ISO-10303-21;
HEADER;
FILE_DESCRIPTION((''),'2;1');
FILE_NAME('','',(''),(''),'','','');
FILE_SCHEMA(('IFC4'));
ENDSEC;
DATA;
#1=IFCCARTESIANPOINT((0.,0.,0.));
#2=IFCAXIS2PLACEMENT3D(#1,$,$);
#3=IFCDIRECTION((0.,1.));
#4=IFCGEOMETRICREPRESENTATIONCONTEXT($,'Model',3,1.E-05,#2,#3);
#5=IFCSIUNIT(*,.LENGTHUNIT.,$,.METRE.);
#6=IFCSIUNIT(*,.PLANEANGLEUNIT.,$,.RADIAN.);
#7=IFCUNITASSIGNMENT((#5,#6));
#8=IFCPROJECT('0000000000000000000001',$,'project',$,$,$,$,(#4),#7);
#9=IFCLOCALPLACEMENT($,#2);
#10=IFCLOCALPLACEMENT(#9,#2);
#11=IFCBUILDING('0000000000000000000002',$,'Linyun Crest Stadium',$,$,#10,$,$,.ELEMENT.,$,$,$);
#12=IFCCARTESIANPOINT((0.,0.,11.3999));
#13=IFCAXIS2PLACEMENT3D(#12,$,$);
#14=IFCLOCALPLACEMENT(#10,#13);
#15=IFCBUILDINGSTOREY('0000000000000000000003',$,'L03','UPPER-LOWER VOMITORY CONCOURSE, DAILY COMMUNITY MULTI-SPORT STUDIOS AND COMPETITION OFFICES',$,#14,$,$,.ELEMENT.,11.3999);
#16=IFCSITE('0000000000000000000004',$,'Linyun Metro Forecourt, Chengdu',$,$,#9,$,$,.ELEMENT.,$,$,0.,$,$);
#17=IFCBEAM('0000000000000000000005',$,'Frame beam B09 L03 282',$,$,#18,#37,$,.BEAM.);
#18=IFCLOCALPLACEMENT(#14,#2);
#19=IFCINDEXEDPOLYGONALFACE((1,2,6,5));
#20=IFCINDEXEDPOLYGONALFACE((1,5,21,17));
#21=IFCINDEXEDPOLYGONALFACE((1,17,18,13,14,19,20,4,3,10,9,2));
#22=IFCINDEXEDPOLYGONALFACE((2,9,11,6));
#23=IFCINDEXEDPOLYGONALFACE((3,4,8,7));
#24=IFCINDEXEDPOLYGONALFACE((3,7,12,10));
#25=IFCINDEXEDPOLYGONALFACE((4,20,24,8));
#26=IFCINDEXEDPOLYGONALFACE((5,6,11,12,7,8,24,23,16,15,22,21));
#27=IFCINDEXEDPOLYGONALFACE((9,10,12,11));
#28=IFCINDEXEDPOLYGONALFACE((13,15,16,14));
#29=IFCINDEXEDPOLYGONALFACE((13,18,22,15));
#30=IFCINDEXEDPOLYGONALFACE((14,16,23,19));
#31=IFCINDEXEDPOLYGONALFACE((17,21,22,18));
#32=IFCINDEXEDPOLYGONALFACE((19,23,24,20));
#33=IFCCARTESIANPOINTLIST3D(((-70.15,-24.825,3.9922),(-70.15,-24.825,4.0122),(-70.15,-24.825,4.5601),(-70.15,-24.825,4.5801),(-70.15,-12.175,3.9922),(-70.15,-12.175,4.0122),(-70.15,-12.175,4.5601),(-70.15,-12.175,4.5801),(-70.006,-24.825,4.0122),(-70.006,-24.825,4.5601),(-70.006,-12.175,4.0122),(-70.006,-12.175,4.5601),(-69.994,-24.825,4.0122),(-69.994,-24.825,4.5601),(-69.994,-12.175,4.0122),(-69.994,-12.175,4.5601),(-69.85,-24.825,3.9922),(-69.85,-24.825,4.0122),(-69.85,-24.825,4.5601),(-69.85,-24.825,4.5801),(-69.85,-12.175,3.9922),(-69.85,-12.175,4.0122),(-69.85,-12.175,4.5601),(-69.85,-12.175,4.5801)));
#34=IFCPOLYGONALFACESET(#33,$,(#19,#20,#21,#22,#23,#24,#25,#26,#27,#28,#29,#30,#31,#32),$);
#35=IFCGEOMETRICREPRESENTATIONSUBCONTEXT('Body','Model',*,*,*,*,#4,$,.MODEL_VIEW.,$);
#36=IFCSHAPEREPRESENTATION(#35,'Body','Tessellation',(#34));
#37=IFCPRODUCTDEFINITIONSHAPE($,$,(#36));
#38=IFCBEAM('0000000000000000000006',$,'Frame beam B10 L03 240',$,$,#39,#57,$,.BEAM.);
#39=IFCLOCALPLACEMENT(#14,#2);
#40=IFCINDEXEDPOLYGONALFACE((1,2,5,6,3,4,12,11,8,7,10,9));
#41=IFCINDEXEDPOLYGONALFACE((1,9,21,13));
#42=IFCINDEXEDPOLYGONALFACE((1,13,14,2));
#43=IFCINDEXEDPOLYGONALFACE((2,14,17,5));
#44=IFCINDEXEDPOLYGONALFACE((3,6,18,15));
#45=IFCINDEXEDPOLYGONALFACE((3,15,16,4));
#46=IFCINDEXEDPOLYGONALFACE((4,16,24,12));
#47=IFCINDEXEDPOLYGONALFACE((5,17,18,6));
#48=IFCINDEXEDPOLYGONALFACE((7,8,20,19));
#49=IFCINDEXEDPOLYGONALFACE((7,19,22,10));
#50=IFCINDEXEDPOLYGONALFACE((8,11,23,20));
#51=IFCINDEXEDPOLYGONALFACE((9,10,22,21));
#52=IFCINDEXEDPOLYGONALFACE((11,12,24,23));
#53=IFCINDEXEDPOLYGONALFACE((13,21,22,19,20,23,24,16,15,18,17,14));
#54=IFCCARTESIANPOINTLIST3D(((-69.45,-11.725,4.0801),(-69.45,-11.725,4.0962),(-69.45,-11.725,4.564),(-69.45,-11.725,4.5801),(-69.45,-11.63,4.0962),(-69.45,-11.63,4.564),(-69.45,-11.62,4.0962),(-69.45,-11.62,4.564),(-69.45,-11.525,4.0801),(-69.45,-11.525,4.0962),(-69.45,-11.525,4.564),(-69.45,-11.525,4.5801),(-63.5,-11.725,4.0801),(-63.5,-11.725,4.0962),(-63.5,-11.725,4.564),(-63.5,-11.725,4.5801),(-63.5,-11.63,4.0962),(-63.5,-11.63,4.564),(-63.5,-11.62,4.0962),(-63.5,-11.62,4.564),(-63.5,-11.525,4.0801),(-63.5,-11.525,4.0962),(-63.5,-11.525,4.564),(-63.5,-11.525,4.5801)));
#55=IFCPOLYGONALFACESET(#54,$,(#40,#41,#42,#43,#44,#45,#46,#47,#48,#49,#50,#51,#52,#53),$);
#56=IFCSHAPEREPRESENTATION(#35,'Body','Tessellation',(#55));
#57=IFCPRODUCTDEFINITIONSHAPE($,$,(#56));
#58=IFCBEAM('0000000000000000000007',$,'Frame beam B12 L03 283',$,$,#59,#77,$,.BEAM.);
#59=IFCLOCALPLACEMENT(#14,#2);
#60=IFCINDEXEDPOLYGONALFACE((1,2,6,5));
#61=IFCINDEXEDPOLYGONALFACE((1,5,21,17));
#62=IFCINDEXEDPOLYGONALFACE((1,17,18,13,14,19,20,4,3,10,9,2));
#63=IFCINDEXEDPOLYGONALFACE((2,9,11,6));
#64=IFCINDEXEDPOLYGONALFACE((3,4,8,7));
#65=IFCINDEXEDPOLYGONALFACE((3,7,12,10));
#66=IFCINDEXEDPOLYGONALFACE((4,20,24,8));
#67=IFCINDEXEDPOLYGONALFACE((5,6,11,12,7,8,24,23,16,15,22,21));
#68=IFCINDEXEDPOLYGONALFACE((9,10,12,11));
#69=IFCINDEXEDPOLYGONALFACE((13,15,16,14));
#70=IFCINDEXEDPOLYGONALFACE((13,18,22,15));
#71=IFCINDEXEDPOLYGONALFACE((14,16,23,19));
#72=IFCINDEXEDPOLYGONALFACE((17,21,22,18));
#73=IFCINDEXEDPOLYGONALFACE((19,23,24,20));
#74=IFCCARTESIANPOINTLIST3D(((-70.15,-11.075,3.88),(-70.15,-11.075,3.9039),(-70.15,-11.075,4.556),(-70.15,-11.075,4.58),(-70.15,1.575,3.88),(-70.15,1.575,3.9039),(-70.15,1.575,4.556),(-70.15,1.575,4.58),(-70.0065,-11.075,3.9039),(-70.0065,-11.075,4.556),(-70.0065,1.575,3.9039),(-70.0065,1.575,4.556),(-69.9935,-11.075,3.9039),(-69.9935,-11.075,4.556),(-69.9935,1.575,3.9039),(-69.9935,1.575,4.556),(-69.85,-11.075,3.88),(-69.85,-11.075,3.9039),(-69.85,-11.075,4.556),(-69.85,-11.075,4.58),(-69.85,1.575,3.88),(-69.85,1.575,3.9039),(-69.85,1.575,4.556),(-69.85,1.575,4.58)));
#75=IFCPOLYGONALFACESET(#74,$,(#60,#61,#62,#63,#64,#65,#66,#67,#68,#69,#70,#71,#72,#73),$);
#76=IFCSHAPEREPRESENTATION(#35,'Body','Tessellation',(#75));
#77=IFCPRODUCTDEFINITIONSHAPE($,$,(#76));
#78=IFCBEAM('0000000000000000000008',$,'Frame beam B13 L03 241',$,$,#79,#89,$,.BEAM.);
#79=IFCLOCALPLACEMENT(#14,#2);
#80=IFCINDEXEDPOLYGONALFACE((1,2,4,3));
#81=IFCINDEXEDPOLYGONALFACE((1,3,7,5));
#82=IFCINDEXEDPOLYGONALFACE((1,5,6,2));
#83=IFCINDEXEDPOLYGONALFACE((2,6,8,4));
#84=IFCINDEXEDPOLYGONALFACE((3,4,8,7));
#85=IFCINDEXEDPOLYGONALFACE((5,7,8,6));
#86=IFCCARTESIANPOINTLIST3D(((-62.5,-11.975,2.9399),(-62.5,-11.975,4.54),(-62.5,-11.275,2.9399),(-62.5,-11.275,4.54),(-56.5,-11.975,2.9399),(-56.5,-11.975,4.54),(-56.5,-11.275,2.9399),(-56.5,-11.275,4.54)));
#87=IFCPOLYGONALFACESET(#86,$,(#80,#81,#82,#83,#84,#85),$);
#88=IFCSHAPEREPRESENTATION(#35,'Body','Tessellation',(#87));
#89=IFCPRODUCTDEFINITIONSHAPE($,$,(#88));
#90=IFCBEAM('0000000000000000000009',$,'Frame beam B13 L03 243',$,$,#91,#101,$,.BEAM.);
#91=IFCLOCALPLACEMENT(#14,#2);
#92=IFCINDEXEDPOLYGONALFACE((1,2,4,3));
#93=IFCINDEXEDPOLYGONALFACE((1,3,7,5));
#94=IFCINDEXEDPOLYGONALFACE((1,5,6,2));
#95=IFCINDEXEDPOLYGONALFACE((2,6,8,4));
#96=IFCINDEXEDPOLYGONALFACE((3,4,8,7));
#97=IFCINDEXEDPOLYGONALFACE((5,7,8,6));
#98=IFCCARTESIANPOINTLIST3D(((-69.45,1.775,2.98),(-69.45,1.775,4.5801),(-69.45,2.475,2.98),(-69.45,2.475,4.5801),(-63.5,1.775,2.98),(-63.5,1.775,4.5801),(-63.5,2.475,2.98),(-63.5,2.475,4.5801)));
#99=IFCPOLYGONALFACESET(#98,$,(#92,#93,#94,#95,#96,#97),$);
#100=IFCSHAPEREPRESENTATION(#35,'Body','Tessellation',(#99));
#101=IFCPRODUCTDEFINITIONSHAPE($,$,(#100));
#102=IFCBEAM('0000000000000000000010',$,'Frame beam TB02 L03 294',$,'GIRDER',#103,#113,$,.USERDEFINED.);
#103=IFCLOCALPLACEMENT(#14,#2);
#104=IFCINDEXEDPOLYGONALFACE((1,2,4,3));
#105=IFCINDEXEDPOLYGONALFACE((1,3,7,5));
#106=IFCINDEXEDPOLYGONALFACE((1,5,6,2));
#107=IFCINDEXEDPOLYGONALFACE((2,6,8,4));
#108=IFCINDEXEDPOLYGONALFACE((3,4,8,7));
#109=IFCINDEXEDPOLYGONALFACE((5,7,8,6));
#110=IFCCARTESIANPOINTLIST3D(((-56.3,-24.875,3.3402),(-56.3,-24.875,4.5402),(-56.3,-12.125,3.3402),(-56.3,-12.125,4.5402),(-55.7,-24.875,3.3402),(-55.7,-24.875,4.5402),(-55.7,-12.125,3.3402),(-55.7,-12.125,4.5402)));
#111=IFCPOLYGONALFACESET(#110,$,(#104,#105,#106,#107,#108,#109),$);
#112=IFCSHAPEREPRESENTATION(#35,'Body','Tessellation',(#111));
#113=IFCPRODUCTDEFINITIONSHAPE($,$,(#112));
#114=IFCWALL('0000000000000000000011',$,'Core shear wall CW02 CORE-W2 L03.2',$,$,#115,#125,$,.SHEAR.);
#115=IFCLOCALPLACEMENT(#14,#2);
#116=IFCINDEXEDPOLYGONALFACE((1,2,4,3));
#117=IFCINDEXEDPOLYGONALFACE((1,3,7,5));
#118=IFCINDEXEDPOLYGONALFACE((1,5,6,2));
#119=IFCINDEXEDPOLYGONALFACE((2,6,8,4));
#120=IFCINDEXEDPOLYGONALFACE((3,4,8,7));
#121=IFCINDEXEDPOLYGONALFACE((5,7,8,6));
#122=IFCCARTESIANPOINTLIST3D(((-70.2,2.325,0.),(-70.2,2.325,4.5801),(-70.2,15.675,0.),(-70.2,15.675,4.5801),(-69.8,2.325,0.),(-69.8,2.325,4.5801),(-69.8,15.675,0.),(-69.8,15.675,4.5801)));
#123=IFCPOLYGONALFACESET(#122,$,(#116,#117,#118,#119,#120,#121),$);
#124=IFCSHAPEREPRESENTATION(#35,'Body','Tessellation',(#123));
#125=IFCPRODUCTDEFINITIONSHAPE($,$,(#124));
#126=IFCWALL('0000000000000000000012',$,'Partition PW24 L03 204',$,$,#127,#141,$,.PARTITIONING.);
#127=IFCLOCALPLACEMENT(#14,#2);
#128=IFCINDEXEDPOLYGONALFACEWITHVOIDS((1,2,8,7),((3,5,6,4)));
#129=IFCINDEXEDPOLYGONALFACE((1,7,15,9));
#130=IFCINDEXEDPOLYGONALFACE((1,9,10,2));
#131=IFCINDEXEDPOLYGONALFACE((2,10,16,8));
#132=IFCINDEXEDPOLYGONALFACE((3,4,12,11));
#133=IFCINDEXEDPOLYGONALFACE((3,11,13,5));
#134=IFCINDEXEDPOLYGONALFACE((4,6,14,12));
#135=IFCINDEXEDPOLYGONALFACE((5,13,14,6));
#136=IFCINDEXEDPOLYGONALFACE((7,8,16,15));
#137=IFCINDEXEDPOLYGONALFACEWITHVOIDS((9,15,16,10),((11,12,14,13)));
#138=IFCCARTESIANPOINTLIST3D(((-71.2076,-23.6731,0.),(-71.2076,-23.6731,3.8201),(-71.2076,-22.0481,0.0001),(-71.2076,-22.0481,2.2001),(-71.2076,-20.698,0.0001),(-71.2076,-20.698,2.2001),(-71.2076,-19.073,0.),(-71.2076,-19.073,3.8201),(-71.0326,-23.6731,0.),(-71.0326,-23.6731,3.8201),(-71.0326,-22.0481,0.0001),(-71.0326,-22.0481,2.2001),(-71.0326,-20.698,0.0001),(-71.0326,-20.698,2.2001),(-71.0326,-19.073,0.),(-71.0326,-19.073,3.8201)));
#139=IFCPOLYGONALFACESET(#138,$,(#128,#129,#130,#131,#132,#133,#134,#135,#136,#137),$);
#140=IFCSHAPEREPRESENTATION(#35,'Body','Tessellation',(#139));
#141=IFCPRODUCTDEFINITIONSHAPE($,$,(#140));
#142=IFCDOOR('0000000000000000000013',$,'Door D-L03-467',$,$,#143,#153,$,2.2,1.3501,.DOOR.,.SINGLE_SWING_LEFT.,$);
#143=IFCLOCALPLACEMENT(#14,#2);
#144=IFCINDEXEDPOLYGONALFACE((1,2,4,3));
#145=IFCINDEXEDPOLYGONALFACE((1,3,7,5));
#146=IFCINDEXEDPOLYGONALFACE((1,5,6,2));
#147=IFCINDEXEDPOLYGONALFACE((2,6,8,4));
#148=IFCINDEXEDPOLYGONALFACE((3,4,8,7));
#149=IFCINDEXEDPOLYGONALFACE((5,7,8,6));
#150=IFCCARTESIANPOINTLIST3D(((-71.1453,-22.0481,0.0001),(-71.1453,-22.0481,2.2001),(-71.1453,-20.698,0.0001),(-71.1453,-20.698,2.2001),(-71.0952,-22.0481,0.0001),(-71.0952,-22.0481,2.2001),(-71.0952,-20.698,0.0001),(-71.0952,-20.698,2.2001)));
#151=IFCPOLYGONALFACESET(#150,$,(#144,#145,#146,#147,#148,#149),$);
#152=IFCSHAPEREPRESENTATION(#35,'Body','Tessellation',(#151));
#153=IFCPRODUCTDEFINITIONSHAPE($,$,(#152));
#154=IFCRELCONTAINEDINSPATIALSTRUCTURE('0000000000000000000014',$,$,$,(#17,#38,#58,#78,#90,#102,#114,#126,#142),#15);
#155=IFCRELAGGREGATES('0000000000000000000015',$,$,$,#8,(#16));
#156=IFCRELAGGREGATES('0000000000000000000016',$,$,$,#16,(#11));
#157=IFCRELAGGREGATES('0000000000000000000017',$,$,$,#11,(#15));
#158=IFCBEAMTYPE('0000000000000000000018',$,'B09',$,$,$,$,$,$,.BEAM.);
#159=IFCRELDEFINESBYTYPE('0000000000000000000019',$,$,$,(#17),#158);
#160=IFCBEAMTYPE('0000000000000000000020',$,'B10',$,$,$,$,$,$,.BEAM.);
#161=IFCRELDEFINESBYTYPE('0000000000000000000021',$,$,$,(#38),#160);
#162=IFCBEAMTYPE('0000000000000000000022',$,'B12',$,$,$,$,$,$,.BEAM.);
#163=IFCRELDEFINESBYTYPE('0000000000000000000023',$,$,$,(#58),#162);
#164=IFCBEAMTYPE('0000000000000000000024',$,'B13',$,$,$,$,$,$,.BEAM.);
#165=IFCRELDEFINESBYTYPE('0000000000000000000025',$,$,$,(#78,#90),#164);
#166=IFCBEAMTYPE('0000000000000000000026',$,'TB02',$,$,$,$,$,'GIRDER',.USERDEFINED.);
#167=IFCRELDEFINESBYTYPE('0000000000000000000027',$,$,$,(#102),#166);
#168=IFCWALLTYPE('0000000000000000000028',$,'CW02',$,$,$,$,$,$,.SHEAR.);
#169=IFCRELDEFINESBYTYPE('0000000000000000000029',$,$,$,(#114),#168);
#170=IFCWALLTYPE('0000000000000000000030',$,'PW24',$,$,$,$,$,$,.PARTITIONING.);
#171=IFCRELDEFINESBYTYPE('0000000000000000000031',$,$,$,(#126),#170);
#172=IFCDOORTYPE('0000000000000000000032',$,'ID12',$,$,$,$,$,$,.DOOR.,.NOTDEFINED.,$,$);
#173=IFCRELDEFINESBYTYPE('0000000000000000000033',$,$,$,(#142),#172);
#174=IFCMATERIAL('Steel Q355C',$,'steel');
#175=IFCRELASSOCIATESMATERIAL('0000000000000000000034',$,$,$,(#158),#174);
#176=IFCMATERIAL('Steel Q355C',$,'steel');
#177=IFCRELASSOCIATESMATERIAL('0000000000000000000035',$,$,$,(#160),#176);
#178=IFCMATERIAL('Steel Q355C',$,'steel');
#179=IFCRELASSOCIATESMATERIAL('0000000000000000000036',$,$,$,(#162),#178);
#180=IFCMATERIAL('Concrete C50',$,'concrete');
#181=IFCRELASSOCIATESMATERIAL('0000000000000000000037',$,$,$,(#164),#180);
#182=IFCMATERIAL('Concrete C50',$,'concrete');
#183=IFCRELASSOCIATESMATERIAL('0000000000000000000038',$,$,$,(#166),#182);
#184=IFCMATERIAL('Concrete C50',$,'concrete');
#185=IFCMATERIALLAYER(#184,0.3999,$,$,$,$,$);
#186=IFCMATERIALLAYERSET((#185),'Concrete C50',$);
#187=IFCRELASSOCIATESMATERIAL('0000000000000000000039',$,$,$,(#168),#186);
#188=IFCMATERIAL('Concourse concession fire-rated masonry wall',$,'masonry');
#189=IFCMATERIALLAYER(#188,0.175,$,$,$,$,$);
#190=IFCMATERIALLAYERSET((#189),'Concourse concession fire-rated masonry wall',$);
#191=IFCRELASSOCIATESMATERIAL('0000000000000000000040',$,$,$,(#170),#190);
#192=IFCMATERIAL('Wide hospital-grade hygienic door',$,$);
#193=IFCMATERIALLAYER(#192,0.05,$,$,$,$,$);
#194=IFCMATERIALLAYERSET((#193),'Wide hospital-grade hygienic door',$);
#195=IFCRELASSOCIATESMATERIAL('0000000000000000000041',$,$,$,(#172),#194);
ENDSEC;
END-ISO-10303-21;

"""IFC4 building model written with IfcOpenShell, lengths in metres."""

from ifc_helpers import new_model, si_unit, direction, frame, frame_2d, origin, origin_2d, place, context, subcontext, project, spatial, rectangle, i_section, extrude, material, layer, layer_set, material_profile, profile_set, type_object, element, fill, save


model = new_model("IFC4")

# Units and contexts
model_context = context("Model", 3, precision=1e-05, world=origin(), true_north=direction((0.0, 1.0)))
body_context = subcontext(model_context, "Body", "Model", "MODEL_VIEW")
ifc_project = project(units=[si_unit("LENGTHUNIT", "METRE"), si_unit("PLANEANGLEUNIT", "RADIAN")], contexts=[model_context])

# Site, building, storey
site_placement = place(None, origin())
site = spatial("IfcSite", under=ifc_project, at=site_placement, Name="Linyun Metro Forecourt, Chengdu", CompositionType="ELEMENT", RefElevation=0.0)
building_placement = place(site_placement, origin())
building = spatial("IfcBuilding", under=site, at=building_placement, Name="Linyun Crest Stadium", CompositionType="ELEMENT")
storey_placement = place(building_placement, frame((0.0, 0.0, 11.3999)))
storey = spatial("IfcBuildingStorey", under=building, at=storey_placement, Name="L03", Description="UPPER-LOWER VOMITORY CONCOURSE, DAILY COMMUNITY MULTI-SPORT STUDIOS AND COMPETITION OFFICES", CompositionType="ELEMENT", Elevation=11.3999)

# Beams
ifc_material_1 = material(Name="Steel Q355C", Category="steel")
ifc_material_profile_1 = material_profile(ifc_material_1, i_section(OverallWidth=0.3, OverallDepth=0.5879, WebThickness=0.012, FlangeThickness=0.02, at=origin_2d()), Name="HM 588x300")
ifc_profile_set_1 = profile_set([ifc_material_profile_1], Name="Steel Q355C")
beam_type_1 = type_object("IfcBeamType", Name="B09", PredefinedType="BEAM", material=ifc_profile_set_1)
beam_1_placement = place(storey_placement, frame((-70.0, -24.825, 4.2861), z_axis=(0.0, 1.0, 0.0), x_axis=(-1.0, 0.0, 0.0)))
element("IfcBeam", 1, at=beam_1_placement, inside=storey, type_object=beam_type_1, Name="Frame beam B09 L03 282", PredefinedType="BEAM", context=body_context, shape_type="SweptSolid", body=[
    extrude(i_section(OverallWidth=0.3, OverallDepth=0.5879, WebThickness=0.012, FlangeThickness=0.02, at=origin_2d()), origin(), (0.0, 0.0, 1.0), 12.6499),
])
ifc_material_2 = material(Name="Steel Q355C", Category="steel")
ifc_material_profile_2 = material_profile(ifc_material_2, i_section(OverallWidth=0.2, OverallDepth=0.5, WebThickness=0.01, FlangeThickness=0.0161, at=origin_2d()), Name="HN 500x200")
ifc_profile_set_2 = profile_set([ifc_material_profile_2], Name="Steel Q355C")
beam_type_2 = type_object("IfcBeamType", Name="B10", PredefinedType="BEAM", material=ifc_profile_set_2)
beam_2_placement = place(storey_placement, frame((-69.45, -11.625, 4.3301), z_axis=(1.0, 0.0, 0.0), x_axis=(0.0, 1.0, 0.0)))
element("IfcBeam", 2, at=beam_2_placement, inside=storey, type_object=beam_type_2, Name="Frame beam B10 L03 240", PredefinedType="BEAM", context=body_context, shape_type="SweptSolid", body=[
    extrude(i_section(OverallWidth=0.2, OverallDepth=0.5, WebThickness=0.01, FlangeThickness=0.0161, at=origin_2d()), origin(), (0.0, 0.0, 1.0), 5.95),
])
ifc_material_3 = material(Name="Steel Q355C", Category="steel")
ifc_material_profile_3 = material_profile(ifc_material_3, i_section(OverallWidth=0.3, OverallDepth=0.7, WebThickness=0.0129, FlangeThickness=0.0239, at=origin_2d()), Name="HN 700x300")
ifc_profile_set_3 = profile_set([ifc_material_profile_3], Name="Steel Q355C")
beam_type_3 = type_object("IfcBeamType", Name="B12", PredefinedType="BEAM", material=ifc_profile_set_3)
beam_3_placement = place(storey_placement, frame((-70.0, -11.075, 4.23), z_axis=(0.0, 1.0, 0.0), x_axis=(-1.0, 0.0, 0.0)))
element("IfcBeam", 3, at=beam_3_placement, inside=storey, type_object=beam_type_3, Name="Frame beam B12 L03 283", PredefinedType="BEAM", context=body_context, shape_type="SweptSolid", body=[
    extrude(i_section(OverallWidth=0.3, OverallDepth=0.7, WebThickness=0.0129, FlangeThickness=0.0239, at=origin_2d()), origin(), (0.0, 0.0, 1.0), 12.6499),
])
ifc_material_4 = material(Name="Concrete C50", Category="concrete")
ifc_material_profile_4 = material_profile(ifc_material_4, rectangle(XDim=0.7, YDim=1.6001, at=origin_2d()), Name="RCB 1600x700")
ifc_profile_set_4 = profile_set([ifc_material_profile_4], Name="Concrete C50")
beam_type_4 = type_object("IfcBeamType", Name="B13", PredefinedType="BEAM", material=ifc_profile_set_4)
beam_4_placement = place(storey_placement, frame((-62.5, -11.625, 3.74), z_axis=(1.0, 0.0, 0.0), x_axis=(0.0, 1.0, 0.0)))
element("IfcBeam", 4, at=beam_4_placement, inside=storey, type_object=beam_type_4, Name="Frame beam B13 L03 241", PredefinedType="BEAM", context=body_context, shape_type="SweptSolid", body=[
    extrude(rectangle(XDim=0.7, YDim=1.6001, at=origin_2d()), origin(), (0.0, 0.0, 1.0), 6.0),
])
beam_5_placement = place(storey_placement, frame((-69.45, 2.125, 3.78), z_axis=(1.0, 0.0, 0.0), x_axis=(0.0, 1.0, 0.0)))
element("IfcBeam", 5, at=beam_5_placement, inside=storey, type_object=beam_type_4, Name="Frame beam B13 L03 243", PredefinedType="BEAM", context=body_context, shape_type="SweptSolid", body=[
    extrude(rectangle(XDim=0.7, YDim=1.6001, at=origin_2d()), origin(), (0.0, 0.0, 1.0), 5.95),
])
ifc_material_5 = material(Name="Concrete C50", Category="concrete")
ifc_material_profile_5 = material_profile(ifc_material_5, rectangle(XDim=0.6001, YDim=1.2, at=origin_2d()), Name="RCB 1200x600")
ifc_profile_set_5 = profile_set([ifc_material_profile_5], Name="Concrete C50")
beam_type_5 = type_object("IfcBeamType", Name="TB02", ElementType="GIRDER", PredefinedType="USERDEFINED", material=ifc_profile_set_5)
beam_6_placement = place(storey_placement, frame((-56.0, -24.875, 3.9402), z_axis=(0.0, 1.0, 0.0), x_axis=(-1.0, 0.0, 0.0)))
element("IfcBeam", 6, at=beam_6_placement, inside=storey, type_object=beam_type_5, Name="Frame beam TB02 L03 294", ObjectType="GIRDER", PredefinedType="USERDEFINED", context=body_context, shape_type="SweptSolid", body=[
    extrude(rectangle(XDim=0.6001, YDim=1.2, at=origin_2d()), origin(), (0.0, 0.0, 1.0), 12.75),
])

# Wall
ifc_material_6 = material(Name="Concrete C50", Category="concrete")
ifc_layer_1 = layer(ifc_material_6, 0.3999)
ifc_layer_set_1 = layer_set([ifc_layer_1], Name="Concrete C50")
wall_type_1 = type_object("IfcWallType", Name="CW02", PredefinedType="SHEAR", material=ifc_layer_set_1)
wall_1_placement = place(storey_placement, frame((-70.0, 2.325, 0.0), z_axis=(0.0, 0.0, 1.0), x_axis=(0.0, 1.0, 0.0)))
element("IfcWall", 7, at=wall_1_placement, inside=storey, type_object=wall_type_1, Name="Core shear wall CW02 CORE-W2 L03.2", PredefinedType="SHEAR", context=body_context, shape_type="SweptSolid", body=[
    extrude(rectangle(XDim=13.3501, YDim=0.3999, at=frame_2d((6.675, 0.0))), origin(), (0.0, 0.0, 1.0), 4.5801),
])

# Wall, opening, door
ifc_material_7 = material(Name="Concourse concession fire-rated masonry wall", Category="masonry")
ifc_layer_2 = layer(ifc_material_7, 0.175)
ifc_layer_set_2 = layer_set([ifc_layer_2], Name="Concourse concession fire-rated masonry wall")
wall_type_2 = type_object("IfcWallType", Name="PW24", PredefinedType="PARTITIONING", material=ifc_layer_set_2)
wall_2_placement = place(storey_placement, frame((-71.1201, -19.073, 0.0), z_axis=(0.0, 0.0, 1.0), x_axis=(0.0, -1.0, 0.0)))
wall_2 = element("IfcWall", 8, at=wall_2_placement, inside=storey, type_object=wall_type_2, Name="Partition PW24 L03 204", PredefinedType="PARTITIONING", context=body_context, shape_type="SweptSolid", body=[
    extrude(rectangle(XDim=4.6001, YDim=0.175, at=frame_2d((2.3, 0.0))), origin(), (0.0, 0.0, 1.0), 3.8201),
])
opening_placement = place(wall_2_placement, frame((1.625, 0.0, 0.0)))
opening = element("IfcOpeningElement", 9, at=opening_placement, cuts=wall_2, PredefinedType="OPENING", context=body_context, shape_type="SweptSolid", body=[
    extrude(rectangle(XDim=1.3501, YDim=2.2, at=frame_2d((0.675, 1.1001))), frame((0.0, 0.0974, 0.0), z_axis=(0.0, -1.0, 0.0), x_axis=(1.0, 0.0, 0.0)), (0.0, 0.0, 1.0), 0.1951),
])
ifc_material_8 = material(Name="Wide hospital-grade hygienic door")
ifc_layer_3 = layer(ifc_material_8, 0.05)
ifc_layer_set_3 = layer_set([ifc_layer_3], Name="Wide hospital-grade hygienic door")
door_type = type_object("IfcDoorType", Name="ID12", OperationType="NOTDEFINED", PredefinedType="DOOR", material=ifc_layer_set_3)
door_placement = place(opening_placement, origin())
door = element("IfcDoor", 10, at=door_placement, inside=storey, type_object=door_type, Name="Door D-L03-467", OperationType="SINGLE_SWING_LEFT", OverallHeight=2.2, OverallWidth=1.3501, PredefinedType="DOOR", context=body_context, shape_type="SweptSolid", body=[
    extrude(rectangle(XDim=1.3501, YDim=2.2, at=frame_2d((0.675, 1.1001))), frame((0.0, 0.0249, 0.0), z_axis=(0.0, -1.0, 0.0), x_axis=(1.0, 0.0, 0.0)), (0.0, 0.0, 1.0), 0.05),
])
fill(opening, door)

save(model, "model.ifc")
